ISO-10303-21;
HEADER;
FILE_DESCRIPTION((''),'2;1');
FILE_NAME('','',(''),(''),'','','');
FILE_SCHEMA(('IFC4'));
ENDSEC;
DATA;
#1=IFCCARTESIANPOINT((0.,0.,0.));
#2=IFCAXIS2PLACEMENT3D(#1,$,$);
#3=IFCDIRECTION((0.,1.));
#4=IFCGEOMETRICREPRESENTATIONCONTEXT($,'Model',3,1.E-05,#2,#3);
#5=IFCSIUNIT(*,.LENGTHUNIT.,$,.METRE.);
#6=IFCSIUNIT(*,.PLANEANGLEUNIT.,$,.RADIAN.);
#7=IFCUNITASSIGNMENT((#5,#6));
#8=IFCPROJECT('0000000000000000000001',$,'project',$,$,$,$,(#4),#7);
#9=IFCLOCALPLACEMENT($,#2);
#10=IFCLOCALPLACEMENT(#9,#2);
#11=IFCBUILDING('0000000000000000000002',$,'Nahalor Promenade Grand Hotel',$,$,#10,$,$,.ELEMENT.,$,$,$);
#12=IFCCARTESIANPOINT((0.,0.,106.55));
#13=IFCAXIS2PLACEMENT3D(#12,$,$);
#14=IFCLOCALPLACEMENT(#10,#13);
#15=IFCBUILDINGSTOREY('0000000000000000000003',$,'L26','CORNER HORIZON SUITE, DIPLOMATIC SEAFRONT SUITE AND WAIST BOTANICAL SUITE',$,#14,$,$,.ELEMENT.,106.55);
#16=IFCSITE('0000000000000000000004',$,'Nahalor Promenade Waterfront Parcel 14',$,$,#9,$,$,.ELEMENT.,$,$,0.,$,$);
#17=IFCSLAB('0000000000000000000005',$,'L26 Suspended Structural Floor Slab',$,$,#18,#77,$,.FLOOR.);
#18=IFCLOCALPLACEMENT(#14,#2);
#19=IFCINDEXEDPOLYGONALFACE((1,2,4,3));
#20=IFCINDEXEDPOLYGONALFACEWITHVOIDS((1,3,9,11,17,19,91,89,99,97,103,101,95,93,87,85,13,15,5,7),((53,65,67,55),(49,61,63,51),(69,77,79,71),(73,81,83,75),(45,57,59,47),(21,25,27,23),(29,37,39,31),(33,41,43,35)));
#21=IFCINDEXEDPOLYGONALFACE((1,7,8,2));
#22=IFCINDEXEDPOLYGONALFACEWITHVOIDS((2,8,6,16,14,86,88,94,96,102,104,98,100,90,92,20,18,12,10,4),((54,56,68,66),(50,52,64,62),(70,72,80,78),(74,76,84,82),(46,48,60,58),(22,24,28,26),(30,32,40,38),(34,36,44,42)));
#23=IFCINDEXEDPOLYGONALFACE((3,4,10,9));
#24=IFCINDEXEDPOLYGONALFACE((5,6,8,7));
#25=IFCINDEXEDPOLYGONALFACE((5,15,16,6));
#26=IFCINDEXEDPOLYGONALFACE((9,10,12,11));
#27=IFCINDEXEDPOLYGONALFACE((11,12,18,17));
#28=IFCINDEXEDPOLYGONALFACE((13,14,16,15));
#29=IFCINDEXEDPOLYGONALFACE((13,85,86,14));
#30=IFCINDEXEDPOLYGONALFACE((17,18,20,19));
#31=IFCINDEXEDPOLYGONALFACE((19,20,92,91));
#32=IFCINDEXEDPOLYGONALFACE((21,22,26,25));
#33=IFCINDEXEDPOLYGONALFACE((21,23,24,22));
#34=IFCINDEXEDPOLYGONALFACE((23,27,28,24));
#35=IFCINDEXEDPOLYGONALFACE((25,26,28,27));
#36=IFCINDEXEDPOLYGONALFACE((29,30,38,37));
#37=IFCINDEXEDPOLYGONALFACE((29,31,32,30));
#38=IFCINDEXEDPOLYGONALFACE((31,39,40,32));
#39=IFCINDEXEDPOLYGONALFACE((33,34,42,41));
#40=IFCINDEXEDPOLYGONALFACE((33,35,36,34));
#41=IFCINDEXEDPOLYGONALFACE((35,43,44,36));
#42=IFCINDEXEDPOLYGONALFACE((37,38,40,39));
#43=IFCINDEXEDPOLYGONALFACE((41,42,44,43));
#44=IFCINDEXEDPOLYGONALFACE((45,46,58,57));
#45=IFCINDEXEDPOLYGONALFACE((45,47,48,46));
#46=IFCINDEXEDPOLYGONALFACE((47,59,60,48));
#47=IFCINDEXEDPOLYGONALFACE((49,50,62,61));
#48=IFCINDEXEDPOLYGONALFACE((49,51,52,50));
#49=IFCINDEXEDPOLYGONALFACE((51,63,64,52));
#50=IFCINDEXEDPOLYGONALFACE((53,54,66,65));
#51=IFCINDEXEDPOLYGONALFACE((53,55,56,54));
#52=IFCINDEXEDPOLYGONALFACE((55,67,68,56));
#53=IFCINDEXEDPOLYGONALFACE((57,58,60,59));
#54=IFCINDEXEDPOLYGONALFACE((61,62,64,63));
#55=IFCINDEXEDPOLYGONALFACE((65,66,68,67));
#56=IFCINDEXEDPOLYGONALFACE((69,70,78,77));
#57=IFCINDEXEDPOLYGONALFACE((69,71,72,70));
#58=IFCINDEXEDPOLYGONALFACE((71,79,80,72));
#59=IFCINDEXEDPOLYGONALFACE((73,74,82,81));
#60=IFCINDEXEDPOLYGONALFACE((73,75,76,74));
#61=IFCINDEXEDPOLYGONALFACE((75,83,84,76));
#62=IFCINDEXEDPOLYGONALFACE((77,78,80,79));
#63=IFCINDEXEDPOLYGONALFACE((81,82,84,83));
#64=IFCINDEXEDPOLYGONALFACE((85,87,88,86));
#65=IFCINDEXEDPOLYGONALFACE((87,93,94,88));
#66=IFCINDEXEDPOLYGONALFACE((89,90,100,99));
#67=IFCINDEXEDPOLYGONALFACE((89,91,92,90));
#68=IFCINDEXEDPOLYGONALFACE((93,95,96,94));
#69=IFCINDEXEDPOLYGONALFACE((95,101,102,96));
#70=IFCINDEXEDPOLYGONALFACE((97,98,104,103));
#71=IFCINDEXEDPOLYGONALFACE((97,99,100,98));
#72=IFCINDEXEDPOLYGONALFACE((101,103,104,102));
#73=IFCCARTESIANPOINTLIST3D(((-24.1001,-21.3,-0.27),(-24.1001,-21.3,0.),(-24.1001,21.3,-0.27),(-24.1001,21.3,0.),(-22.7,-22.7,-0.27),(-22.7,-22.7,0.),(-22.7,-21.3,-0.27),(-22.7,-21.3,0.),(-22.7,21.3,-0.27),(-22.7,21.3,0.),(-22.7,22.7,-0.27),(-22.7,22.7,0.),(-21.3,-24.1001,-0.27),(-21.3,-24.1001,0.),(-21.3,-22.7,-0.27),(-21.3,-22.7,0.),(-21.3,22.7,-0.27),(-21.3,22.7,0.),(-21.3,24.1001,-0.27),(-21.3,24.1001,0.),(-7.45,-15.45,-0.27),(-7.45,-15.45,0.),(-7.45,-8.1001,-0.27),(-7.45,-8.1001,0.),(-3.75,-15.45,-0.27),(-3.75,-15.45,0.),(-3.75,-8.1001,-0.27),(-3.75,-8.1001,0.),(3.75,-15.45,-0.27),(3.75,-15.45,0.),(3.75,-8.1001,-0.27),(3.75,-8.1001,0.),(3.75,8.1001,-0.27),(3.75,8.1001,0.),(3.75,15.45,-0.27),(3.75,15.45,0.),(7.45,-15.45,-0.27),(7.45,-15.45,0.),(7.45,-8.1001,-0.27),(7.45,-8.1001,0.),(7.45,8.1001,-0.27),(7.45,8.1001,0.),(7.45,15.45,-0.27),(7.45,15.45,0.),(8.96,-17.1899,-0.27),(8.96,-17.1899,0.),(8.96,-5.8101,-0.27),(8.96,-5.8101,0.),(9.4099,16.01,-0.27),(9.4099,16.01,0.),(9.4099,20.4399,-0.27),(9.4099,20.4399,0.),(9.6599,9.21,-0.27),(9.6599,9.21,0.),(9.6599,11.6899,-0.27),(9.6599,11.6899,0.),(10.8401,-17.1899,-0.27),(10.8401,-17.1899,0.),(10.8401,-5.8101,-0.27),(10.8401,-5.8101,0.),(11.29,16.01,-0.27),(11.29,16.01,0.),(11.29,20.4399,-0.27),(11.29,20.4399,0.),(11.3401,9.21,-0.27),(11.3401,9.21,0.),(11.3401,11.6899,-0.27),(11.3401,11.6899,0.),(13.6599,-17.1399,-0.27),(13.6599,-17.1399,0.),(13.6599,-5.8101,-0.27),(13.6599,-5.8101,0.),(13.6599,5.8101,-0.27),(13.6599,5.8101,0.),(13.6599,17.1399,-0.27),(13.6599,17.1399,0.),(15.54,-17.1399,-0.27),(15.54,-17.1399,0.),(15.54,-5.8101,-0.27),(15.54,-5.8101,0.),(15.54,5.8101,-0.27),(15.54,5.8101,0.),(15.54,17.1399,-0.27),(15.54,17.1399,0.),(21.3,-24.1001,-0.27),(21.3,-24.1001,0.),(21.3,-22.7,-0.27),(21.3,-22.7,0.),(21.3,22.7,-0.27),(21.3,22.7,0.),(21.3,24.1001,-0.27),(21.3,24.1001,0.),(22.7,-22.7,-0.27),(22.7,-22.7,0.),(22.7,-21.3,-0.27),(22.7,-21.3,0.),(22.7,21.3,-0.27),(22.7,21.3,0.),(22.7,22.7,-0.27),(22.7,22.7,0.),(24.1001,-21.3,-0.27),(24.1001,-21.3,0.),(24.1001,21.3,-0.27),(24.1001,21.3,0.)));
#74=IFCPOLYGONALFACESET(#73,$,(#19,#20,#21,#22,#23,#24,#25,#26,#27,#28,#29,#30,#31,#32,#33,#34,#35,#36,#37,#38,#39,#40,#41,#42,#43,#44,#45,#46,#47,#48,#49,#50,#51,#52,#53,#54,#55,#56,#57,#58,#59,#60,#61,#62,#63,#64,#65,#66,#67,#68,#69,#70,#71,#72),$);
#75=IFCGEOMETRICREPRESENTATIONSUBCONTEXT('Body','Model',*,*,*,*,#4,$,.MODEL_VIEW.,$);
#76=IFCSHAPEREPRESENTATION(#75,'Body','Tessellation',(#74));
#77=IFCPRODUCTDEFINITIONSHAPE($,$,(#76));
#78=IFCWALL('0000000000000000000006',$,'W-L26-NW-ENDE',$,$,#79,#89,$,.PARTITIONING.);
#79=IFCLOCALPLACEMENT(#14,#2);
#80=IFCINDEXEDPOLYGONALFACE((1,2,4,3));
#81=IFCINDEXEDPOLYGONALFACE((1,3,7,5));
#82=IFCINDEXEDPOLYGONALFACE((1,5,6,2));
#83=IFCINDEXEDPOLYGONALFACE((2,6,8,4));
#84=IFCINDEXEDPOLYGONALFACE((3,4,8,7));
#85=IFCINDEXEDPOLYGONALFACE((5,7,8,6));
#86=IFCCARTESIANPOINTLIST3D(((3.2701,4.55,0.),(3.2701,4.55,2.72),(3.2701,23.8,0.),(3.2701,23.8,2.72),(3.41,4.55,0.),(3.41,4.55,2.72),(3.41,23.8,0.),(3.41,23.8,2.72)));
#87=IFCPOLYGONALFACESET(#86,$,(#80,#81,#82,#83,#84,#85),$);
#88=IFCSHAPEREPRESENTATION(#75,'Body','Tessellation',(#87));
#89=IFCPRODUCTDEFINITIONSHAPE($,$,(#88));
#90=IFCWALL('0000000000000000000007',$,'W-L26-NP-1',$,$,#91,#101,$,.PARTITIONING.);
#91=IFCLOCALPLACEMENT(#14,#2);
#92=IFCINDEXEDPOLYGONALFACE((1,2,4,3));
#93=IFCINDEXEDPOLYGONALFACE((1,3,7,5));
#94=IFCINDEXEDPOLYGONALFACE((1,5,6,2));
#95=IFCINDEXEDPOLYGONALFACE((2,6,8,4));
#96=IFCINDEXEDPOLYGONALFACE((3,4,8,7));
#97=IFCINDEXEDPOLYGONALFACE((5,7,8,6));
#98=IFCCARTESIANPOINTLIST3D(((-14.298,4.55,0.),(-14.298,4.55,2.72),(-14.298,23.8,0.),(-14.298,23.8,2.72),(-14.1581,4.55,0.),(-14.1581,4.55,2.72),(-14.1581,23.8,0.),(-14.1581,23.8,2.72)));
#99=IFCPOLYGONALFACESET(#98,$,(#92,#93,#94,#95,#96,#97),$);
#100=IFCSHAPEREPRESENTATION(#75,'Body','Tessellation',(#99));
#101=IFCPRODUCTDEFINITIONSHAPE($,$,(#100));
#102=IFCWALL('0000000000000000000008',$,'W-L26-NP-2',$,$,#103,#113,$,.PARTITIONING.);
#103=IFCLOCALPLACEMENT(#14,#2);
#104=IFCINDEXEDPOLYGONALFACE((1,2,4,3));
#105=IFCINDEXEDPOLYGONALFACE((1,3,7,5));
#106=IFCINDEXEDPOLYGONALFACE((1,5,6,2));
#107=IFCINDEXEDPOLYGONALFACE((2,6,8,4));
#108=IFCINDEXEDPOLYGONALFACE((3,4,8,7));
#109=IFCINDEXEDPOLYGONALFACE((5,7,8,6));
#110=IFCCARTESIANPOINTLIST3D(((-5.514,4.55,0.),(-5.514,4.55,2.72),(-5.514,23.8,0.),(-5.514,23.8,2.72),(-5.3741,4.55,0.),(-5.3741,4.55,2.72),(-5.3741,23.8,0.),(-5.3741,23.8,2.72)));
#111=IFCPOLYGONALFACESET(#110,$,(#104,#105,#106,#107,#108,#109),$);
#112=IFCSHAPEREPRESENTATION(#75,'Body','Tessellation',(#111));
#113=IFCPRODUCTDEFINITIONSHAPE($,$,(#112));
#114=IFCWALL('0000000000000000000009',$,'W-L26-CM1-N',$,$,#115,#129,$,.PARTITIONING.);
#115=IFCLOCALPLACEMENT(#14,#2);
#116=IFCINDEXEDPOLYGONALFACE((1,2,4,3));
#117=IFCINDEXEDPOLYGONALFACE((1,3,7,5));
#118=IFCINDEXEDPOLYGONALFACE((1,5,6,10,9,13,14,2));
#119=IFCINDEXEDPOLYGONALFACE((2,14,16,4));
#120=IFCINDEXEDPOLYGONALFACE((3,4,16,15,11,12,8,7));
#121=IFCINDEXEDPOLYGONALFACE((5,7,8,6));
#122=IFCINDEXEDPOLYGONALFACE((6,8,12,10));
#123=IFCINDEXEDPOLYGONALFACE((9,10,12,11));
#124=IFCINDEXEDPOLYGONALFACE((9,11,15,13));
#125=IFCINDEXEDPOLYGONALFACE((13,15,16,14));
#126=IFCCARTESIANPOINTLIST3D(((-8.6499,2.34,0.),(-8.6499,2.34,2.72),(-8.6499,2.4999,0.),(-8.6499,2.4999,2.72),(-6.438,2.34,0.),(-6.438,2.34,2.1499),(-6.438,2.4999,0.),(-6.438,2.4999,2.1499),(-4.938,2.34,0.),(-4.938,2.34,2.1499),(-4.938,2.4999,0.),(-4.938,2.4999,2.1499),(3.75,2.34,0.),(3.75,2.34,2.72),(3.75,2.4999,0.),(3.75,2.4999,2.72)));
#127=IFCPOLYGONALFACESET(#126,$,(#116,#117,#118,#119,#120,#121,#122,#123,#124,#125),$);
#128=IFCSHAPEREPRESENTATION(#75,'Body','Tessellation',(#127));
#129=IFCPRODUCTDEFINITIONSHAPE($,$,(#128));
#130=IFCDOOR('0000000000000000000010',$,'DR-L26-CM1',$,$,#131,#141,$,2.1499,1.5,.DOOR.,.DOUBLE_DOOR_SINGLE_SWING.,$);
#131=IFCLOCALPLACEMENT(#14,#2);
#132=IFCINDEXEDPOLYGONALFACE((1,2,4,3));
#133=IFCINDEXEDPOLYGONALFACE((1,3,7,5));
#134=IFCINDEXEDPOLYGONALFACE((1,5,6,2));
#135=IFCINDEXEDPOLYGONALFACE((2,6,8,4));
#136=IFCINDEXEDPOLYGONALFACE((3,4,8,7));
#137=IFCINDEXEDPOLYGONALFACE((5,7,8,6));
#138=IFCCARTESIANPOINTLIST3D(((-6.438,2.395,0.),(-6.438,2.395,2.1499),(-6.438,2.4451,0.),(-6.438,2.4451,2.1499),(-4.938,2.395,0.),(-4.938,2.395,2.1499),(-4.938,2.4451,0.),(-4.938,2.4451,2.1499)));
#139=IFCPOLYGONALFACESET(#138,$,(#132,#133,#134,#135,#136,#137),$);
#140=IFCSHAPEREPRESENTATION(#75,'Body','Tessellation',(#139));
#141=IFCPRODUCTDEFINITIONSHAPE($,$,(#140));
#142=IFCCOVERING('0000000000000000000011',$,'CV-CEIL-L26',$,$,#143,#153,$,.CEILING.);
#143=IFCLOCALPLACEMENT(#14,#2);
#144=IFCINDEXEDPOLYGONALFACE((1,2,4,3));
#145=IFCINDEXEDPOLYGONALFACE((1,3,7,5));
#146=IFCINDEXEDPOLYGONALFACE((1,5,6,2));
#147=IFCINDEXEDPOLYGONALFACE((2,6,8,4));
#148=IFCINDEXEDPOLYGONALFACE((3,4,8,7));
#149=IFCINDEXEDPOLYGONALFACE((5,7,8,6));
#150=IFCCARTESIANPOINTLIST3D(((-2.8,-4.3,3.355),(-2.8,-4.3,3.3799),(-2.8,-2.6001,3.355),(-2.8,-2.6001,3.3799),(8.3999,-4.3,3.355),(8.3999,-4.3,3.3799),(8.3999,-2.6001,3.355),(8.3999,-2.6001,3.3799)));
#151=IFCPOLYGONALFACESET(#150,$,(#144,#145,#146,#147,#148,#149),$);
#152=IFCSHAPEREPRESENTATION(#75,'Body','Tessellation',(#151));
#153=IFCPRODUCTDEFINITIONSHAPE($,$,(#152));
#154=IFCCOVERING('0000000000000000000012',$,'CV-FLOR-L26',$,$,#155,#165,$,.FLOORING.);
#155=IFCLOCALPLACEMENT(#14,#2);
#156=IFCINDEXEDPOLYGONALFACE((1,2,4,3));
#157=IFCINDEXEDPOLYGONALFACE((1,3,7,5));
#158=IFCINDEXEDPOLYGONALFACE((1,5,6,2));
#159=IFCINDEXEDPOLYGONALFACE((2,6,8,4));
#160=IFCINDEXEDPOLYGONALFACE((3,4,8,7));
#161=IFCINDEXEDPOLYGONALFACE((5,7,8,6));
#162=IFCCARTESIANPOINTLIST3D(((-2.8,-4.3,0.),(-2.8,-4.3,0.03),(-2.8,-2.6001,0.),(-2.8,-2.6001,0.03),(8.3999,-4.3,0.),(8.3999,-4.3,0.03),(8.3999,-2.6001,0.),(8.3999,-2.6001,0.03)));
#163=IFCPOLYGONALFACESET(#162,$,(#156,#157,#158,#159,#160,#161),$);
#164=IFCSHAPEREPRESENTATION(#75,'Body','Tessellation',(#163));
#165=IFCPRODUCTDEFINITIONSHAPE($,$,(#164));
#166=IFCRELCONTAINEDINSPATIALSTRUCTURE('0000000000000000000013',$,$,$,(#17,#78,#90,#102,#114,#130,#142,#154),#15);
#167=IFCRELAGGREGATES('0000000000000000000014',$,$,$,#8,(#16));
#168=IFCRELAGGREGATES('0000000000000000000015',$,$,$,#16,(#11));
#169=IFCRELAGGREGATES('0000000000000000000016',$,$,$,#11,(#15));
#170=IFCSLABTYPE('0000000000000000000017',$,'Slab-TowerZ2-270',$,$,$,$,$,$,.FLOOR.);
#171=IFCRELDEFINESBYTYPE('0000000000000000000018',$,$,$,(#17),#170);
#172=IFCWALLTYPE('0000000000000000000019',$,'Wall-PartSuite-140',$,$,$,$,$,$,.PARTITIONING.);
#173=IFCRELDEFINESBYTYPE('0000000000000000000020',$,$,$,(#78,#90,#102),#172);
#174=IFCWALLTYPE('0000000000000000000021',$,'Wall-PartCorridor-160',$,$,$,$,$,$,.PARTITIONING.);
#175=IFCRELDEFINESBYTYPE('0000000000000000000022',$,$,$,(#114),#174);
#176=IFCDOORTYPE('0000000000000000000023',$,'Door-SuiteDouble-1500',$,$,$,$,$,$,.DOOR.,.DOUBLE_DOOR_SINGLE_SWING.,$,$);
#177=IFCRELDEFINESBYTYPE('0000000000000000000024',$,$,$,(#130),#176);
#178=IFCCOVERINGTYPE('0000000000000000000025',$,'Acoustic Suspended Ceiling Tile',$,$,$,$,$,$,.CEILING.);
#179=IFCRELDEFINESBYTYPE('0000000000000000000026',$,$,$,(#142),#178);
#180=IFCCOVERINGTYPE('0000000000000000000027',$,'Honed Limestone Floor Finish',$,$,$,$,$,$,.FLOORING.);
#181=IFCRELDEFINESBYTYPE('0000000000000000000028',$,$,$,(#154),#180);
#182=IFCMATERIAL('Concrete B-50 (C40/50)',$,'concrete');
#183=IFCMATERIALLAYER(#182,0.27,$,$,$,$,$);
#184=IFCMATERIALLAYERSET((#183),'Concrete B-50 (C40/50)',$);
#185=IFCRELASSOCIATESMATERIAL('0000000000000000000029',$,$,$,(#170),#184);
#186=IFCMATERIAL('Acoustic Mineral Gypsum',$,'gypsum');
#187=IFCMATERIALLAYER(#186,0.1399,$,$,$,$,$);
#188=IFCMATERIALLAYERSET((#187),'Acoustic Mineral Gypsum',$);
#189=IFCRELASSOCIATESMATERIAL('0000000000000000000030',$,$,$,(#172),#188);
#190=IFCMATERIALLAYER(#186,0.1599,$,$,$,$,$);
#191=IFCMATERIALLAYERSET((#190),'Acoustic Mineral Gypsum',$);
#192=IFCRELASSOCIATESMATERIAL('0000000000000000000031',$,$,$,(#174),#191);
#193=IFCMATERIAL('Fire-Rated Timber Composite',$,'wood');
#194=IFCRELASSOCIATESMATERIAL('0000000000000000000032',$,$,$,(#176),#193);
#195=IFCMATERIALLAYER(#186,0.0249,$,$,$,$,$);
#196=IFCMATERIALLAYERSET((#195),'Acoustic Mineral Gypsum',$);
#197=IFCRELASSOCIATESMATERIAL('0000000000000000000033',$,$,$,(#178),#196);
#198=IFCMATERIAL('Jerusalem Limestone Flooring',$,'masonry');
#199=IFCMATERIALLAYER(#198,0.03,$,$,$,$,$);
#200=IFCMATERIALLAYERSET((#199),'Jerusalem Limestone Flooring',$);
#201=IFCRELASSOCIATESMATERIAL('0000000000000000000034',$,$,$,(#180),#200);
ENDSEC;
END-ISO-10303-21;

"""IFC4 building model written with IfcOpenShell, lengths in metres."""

from ifc_helpers import new_model, si_unit, direction, frame, frame_2d, origin, place, context, subcontext, project, spatial, polyline, rectangle, outline, extrude, source, transform, mapped, material, layer, layer_set, type_object, element, fill, save


model = new_model("IFC4")

# Units and contexts
model_context = context("Model", 3, precision=1e-05, world=origin(), true_north=direction((0.0, 1.0)))
body_context = subcontext(model_context, "Body", "Model", "MODEL_VIEW")
ifc_project = project(units=[si_unit("LENGTHUNIT", "METRE"), si_unit("PLANEANGLEUNIT", "RADIAN")], contexts=[model_context])

# Site, building, storey
site_placement = place(None, origin())
site = spatial("IfcSite", under=ifc_project, at=site_placement, Name="Nahalor Promenade Waterfront Parcel 14", CompositionType="ELEMENT", RefElevation=0.0)
building_placement = place(site_placement, origin())
building = spatial("IfcBuilding", under=site, at=building_placement, Name="Nahalor Promenade Grand Hotel", CompositionType="ELEMENT")
storey_placement = place(building_placement, frame((0.0, 0.0, 106.55)))
storey = spatial("IfcBuildingStorey", under=building, at=storey_placement, Name="L26", Description="CORNER HORIZON SUITE, DIPLOMATIC SEAFRONT SUITE AND WAIST BOTANICAL SUITE", CompositionType="ELEMENT", Elevation=106.55)

# Shared definitions
ifc_material_1 = material(Name="Concrete B-50 (C40/50)", Category="concrete")

# Slab
ifc_layer_1 = layer(ifc_material_1, 0.27)
ifc_layer_set_1 = layer_set([ifc_layer_1], Name="Concrete B-50 (C40/50)")
slab_type_1 = type_object("IfcSlabType", Name="Slab-TowerZ2-270", PredefinedType="FLOOR", material=ifc_layer_set_1)
slab_1_placement = place(storey_placement, frame((0.0, 0.0, -0.27)))
element("IfcSlab", 1, at=slab_1_placement, inside=storey, type_object=slab_type_1, Name="L26 Suspended Structural Floor Slab", PredefinedType="FLOOR", context=body_context, shape_type="SweptSolid", body=[
    extrude(outline(polyline([(-21.3, -24.1001), (21.3, -24.1001), (21.3, -22.7), (22.7, -22.7), (22.7, -21.3), (24.1001, -21.3), (24.1001, 21.3), (22.7, 21.3), (22.7, 22.7), (21.3, 22.7), (21.3, 24.1001), (-21.3, 24.1001), (-21.3, 22.7), (-22.7, 22.7), (-22.7, 21.3), (-24.1001, 21.3), (-24.1001, -21.3), (-22.7, -21.3), (-22.7, -22.7), (-21.3, -22.7), (-21.3, -24.1001)]), holes=[polyline([(3.75, 8.1001), (7.45, 8.1001), (7.45, 15.45), (3.75, 15.45), (3.75, 8.1001)]), polyline([(3.75, -15.45), (7.45, -15.45), (7.45, -8.1001), (3.75, -8.1001), (3.75, -15.45)]), polyline([(-7.45, -15.45), (-3.75, -15.45), (-3.75, -8.1001), (-7.45, -8.1001), (-7.45, -15.45)]), polyline([(13.6599, 5.8101), (15.54, 5.8101), (15.54, 17.1399), (13.6599, 17.1399), (13.6599, 5.8101)]), polyline([(13.6599, -17.1399), (15.54, -17.1399), (15.54, -5.8101), (13.6599, -5.8101), (13.6599, -17.1399)]), polyline([(8.96, -17.1899), (10.8401, -17.1899), (10.8401, -5.8101), (8.96, -5.8101), (8.96, -17.1899)]), polyline([(9.4099, 16.01), (11.29, 16.01), (11.29, 20.4399), (9.4099, 20.4399), (9.4099, 16.01)]), polyline([(9.6599, 9.21), (11.3401, 9.21), (11.3401, 11.6899), (9.6599, 11.6899), (9.6599, 9.21)])]), origin(), (0.0, 0.0, 1.0), 0.27),
])

# Walls
ifc_material_2 = material(Name="Acoustic Mineral Gypsum", Category="gypsum")
ifc_layer_2 = layer(ifc_material_2, 0.1399)
ifc_layer_set_2 = layer_set([ifc_layer_2], Name="Acoustic Mineral Gypsum")
wall_type_1 = type_object("IfcWallType", Name="Wall-PartSuite-140", PredefinedType="PARTITIONING", material=ifc_layer_set_2)
shared_shape_1 = source(origin(), body_context, "Body", "SweptSolid", [
    extrude(rectangle(XDim=19.25, YDim=0.1399, at=frame_2d((9.625, 0.0))), origin(), (0.0, 0.0, 1.0), 2.72),
])
for number, where, z_axis, x_axis, name in (
    (2, (3.3401, 4.55, 0.0), (0.0, 0.0, 1.0), (0.0, 1.0, 0.0), "W-L26-NW-ENDE"),
    (3, (-14.228, 4.55, 0.0), (0.0, 0.0, 1.0), (0.0, 1.0, 0.0), "W-L26-NP-1"),
    (4, (-5.4441, 4.55, 0.0), (0.0, 0.0, 1.0), (0.0, 1.0, 0.0), "W-L26-NP-2"),
):
    element("IfcWall", number, at=place(storey_placement, frame(where, z_axis=z_axis, x_axis=x_axis)), inside=storey, type_object=wall_type_1, Name=name, PredefinedType="PARTITIONING", context=body_context, shape_type="MappedRepresentation", body=[
        mapped(shared_shape_1, transform((0.0, 0.0, 0.0), scale=1.0)),
    ])

# Wall, opening, door
ifc_layer_3 = layer(ifc_material_2, 0.1599)
ifc_layer_set_3 = layer_set([ifc_layer_3], Name="Acoustic Mineral Gypsum")
wall_type_2 = type_object("IfcWallType", Name="Wall-PartCorridor-160", PredefinedType="PARTITIONING", material=ifc_layer_set_3)
shared_shape_2 = source(origin(), body_context, "Body", "SweptSolid", [
    extrude(rectangle(XDim=12.3999, YDim=0.1599, at=frame_2d((6.2, 0.0))), origin(), (0.0, 0.0, 1.0), 2.72),
])
wall_placement = place(storey_placement, frame((-8.6499, 2.4199, 0.0), z_axis=(0.0, 0.0, 1.0), x_axis=(1.0, 0.0, 0.0)))
wall = element("IfcWall", 5, at=wall_placement, inside=storey, type_object=wall_type_2, Name="W-L26-CM1-N", PredefinedType="PARTITIONING", context=body_context, shape_type="MappedRepresentation", body=[
    mapped(shared_shape_2, transform((0.0, 0.0, 0.0), scale=1.0)),
])
opening_placement = place(wall_placement, frame((2.2119, 0.0, 0.0)))
opening = element("IfcOpeningElement", 6, at=opening_placement, cuts=wall, PredefinedType="OPENING", context=body_context, shape_type="SweptSolid", body=[
    extrude(rectangle(XDim=1.5, YDim=2.1499, at=frame_2d((0.75, 1.075))), frame((0.0, 0.0898, 0.0), z_axis=(0.0, -1.0, 0.0), x_axis=(1.0, 0.0, 0.0)), (0.0, 0.0, 1.0), 0.1799),
])
ifc_material_3 = material(Name="Fire-Rated Timber Composite", Category="wood")
door_type = type_object("IfcDoorType", Name="Door-SuiteDouble-1500", OperationType="DOUBLE_DOOR_SINGLE_SWING", PredefinedType="DOOR", material=ifc_material_3)
shared_shape_3 = source(origin(), body_context, "Body", "SweptSolid", [
    extrude(rectangle(XDim=1.5, YDim=2.1499, at=frame_2d((0.75, 1.075))), frame((0.0, 0.0249, 0.0), z_axis=(0.0, -1.0, 0.0), x_axis=(1.0, 0.0, 0.0)), (0.0, 0.0, 1.0), 0.05),
])
door_placement = place(opening_placement, frame((1.5, 0.0, 0.0), z_axis=(0.0, 0.0, 1.0), x_axis=(-1.0, 0.0, 0.0)))
door = element("IfcDoor", 7, at=door_placement, inside=storey, type_object=door_type, Name="DR-L26-CM1", OperationType="DOUBLE_DOOR_SINGLE_SWING", OverallHeight=2.1499, OverallWidth=1.5, PredefinedType="DOOR", context=body_context, shape_type="MappedRepresentation", body=[
    mapped(shared_shape_3, transform((0.0, 0.0, 0.0), scale=1.0)),
])
fill(opening, door)

# Coverings
ifc_layer_4 = layer(ifc_material_2, 0.0249)
ifc_layer_set_4 = layer_set([ifc_layer_4], Name="Acoustic Mineral Gypsum")
covering_type_1 = type_object("IfcCoveringType", Name="Acoustic Suspended Ceiling Tile", PredefinedType="CEILING", material=ifc_layer_set_4)
covering_1_placement = place(storey_placement, frame((0.0, 0.0, 3.355)))
element("IfcCovering", 8, at=covering_1_placement, inside=storey, type_object=covering_type_1, Name="CV-CEIL-L26", PredefinedType="CEILING", context=body_context, shape_type="SweptSolid", body=[
    extrude(outline(polyline([(-2.8, -4.3), (8.3999, -4.3), (8.3999, -2.6001), (-2.8, -2.6001), (-2.8, -4.3)])), origin(), (0.0, 0.0, 1.0), 0.0249),
])
ifc_material_4 = material(Name="Jerusalem Limestone Flooring", Category="masonry")
ifc_layer_5 = layer(ifc_material_4, 0.03)
ifc_layer_set_5 = layer_set([ifc_layer_5], Name="Jerusalem Limestone Flooring")
covering_type_2 = type_object("IfcCoveringType", Name="Honed Limestone Floor Finish", PredefinedType="FLOORING", material=ifc_layer_set_5)
covering_2_placement = place(storey_placement, origin())
element("IfcCovering", 9, at=covering_2_placement, inside=storey, type_object=covering_type_2, Name="CV-FLOR-L26", PredefinedType="FLOORING", context=body_context, shape_type="SweptSolid", body=[
    extrude(outline(polyline([(-2.8, -4.3), (8.3999, -4.3), (8.3999, -2.6001), (-2.8, -2.6001), (-2.8, -4.3)])), origin(), (0.0, 0.0, 1.0), 0.03),
])

save(model, "model.ifc")
